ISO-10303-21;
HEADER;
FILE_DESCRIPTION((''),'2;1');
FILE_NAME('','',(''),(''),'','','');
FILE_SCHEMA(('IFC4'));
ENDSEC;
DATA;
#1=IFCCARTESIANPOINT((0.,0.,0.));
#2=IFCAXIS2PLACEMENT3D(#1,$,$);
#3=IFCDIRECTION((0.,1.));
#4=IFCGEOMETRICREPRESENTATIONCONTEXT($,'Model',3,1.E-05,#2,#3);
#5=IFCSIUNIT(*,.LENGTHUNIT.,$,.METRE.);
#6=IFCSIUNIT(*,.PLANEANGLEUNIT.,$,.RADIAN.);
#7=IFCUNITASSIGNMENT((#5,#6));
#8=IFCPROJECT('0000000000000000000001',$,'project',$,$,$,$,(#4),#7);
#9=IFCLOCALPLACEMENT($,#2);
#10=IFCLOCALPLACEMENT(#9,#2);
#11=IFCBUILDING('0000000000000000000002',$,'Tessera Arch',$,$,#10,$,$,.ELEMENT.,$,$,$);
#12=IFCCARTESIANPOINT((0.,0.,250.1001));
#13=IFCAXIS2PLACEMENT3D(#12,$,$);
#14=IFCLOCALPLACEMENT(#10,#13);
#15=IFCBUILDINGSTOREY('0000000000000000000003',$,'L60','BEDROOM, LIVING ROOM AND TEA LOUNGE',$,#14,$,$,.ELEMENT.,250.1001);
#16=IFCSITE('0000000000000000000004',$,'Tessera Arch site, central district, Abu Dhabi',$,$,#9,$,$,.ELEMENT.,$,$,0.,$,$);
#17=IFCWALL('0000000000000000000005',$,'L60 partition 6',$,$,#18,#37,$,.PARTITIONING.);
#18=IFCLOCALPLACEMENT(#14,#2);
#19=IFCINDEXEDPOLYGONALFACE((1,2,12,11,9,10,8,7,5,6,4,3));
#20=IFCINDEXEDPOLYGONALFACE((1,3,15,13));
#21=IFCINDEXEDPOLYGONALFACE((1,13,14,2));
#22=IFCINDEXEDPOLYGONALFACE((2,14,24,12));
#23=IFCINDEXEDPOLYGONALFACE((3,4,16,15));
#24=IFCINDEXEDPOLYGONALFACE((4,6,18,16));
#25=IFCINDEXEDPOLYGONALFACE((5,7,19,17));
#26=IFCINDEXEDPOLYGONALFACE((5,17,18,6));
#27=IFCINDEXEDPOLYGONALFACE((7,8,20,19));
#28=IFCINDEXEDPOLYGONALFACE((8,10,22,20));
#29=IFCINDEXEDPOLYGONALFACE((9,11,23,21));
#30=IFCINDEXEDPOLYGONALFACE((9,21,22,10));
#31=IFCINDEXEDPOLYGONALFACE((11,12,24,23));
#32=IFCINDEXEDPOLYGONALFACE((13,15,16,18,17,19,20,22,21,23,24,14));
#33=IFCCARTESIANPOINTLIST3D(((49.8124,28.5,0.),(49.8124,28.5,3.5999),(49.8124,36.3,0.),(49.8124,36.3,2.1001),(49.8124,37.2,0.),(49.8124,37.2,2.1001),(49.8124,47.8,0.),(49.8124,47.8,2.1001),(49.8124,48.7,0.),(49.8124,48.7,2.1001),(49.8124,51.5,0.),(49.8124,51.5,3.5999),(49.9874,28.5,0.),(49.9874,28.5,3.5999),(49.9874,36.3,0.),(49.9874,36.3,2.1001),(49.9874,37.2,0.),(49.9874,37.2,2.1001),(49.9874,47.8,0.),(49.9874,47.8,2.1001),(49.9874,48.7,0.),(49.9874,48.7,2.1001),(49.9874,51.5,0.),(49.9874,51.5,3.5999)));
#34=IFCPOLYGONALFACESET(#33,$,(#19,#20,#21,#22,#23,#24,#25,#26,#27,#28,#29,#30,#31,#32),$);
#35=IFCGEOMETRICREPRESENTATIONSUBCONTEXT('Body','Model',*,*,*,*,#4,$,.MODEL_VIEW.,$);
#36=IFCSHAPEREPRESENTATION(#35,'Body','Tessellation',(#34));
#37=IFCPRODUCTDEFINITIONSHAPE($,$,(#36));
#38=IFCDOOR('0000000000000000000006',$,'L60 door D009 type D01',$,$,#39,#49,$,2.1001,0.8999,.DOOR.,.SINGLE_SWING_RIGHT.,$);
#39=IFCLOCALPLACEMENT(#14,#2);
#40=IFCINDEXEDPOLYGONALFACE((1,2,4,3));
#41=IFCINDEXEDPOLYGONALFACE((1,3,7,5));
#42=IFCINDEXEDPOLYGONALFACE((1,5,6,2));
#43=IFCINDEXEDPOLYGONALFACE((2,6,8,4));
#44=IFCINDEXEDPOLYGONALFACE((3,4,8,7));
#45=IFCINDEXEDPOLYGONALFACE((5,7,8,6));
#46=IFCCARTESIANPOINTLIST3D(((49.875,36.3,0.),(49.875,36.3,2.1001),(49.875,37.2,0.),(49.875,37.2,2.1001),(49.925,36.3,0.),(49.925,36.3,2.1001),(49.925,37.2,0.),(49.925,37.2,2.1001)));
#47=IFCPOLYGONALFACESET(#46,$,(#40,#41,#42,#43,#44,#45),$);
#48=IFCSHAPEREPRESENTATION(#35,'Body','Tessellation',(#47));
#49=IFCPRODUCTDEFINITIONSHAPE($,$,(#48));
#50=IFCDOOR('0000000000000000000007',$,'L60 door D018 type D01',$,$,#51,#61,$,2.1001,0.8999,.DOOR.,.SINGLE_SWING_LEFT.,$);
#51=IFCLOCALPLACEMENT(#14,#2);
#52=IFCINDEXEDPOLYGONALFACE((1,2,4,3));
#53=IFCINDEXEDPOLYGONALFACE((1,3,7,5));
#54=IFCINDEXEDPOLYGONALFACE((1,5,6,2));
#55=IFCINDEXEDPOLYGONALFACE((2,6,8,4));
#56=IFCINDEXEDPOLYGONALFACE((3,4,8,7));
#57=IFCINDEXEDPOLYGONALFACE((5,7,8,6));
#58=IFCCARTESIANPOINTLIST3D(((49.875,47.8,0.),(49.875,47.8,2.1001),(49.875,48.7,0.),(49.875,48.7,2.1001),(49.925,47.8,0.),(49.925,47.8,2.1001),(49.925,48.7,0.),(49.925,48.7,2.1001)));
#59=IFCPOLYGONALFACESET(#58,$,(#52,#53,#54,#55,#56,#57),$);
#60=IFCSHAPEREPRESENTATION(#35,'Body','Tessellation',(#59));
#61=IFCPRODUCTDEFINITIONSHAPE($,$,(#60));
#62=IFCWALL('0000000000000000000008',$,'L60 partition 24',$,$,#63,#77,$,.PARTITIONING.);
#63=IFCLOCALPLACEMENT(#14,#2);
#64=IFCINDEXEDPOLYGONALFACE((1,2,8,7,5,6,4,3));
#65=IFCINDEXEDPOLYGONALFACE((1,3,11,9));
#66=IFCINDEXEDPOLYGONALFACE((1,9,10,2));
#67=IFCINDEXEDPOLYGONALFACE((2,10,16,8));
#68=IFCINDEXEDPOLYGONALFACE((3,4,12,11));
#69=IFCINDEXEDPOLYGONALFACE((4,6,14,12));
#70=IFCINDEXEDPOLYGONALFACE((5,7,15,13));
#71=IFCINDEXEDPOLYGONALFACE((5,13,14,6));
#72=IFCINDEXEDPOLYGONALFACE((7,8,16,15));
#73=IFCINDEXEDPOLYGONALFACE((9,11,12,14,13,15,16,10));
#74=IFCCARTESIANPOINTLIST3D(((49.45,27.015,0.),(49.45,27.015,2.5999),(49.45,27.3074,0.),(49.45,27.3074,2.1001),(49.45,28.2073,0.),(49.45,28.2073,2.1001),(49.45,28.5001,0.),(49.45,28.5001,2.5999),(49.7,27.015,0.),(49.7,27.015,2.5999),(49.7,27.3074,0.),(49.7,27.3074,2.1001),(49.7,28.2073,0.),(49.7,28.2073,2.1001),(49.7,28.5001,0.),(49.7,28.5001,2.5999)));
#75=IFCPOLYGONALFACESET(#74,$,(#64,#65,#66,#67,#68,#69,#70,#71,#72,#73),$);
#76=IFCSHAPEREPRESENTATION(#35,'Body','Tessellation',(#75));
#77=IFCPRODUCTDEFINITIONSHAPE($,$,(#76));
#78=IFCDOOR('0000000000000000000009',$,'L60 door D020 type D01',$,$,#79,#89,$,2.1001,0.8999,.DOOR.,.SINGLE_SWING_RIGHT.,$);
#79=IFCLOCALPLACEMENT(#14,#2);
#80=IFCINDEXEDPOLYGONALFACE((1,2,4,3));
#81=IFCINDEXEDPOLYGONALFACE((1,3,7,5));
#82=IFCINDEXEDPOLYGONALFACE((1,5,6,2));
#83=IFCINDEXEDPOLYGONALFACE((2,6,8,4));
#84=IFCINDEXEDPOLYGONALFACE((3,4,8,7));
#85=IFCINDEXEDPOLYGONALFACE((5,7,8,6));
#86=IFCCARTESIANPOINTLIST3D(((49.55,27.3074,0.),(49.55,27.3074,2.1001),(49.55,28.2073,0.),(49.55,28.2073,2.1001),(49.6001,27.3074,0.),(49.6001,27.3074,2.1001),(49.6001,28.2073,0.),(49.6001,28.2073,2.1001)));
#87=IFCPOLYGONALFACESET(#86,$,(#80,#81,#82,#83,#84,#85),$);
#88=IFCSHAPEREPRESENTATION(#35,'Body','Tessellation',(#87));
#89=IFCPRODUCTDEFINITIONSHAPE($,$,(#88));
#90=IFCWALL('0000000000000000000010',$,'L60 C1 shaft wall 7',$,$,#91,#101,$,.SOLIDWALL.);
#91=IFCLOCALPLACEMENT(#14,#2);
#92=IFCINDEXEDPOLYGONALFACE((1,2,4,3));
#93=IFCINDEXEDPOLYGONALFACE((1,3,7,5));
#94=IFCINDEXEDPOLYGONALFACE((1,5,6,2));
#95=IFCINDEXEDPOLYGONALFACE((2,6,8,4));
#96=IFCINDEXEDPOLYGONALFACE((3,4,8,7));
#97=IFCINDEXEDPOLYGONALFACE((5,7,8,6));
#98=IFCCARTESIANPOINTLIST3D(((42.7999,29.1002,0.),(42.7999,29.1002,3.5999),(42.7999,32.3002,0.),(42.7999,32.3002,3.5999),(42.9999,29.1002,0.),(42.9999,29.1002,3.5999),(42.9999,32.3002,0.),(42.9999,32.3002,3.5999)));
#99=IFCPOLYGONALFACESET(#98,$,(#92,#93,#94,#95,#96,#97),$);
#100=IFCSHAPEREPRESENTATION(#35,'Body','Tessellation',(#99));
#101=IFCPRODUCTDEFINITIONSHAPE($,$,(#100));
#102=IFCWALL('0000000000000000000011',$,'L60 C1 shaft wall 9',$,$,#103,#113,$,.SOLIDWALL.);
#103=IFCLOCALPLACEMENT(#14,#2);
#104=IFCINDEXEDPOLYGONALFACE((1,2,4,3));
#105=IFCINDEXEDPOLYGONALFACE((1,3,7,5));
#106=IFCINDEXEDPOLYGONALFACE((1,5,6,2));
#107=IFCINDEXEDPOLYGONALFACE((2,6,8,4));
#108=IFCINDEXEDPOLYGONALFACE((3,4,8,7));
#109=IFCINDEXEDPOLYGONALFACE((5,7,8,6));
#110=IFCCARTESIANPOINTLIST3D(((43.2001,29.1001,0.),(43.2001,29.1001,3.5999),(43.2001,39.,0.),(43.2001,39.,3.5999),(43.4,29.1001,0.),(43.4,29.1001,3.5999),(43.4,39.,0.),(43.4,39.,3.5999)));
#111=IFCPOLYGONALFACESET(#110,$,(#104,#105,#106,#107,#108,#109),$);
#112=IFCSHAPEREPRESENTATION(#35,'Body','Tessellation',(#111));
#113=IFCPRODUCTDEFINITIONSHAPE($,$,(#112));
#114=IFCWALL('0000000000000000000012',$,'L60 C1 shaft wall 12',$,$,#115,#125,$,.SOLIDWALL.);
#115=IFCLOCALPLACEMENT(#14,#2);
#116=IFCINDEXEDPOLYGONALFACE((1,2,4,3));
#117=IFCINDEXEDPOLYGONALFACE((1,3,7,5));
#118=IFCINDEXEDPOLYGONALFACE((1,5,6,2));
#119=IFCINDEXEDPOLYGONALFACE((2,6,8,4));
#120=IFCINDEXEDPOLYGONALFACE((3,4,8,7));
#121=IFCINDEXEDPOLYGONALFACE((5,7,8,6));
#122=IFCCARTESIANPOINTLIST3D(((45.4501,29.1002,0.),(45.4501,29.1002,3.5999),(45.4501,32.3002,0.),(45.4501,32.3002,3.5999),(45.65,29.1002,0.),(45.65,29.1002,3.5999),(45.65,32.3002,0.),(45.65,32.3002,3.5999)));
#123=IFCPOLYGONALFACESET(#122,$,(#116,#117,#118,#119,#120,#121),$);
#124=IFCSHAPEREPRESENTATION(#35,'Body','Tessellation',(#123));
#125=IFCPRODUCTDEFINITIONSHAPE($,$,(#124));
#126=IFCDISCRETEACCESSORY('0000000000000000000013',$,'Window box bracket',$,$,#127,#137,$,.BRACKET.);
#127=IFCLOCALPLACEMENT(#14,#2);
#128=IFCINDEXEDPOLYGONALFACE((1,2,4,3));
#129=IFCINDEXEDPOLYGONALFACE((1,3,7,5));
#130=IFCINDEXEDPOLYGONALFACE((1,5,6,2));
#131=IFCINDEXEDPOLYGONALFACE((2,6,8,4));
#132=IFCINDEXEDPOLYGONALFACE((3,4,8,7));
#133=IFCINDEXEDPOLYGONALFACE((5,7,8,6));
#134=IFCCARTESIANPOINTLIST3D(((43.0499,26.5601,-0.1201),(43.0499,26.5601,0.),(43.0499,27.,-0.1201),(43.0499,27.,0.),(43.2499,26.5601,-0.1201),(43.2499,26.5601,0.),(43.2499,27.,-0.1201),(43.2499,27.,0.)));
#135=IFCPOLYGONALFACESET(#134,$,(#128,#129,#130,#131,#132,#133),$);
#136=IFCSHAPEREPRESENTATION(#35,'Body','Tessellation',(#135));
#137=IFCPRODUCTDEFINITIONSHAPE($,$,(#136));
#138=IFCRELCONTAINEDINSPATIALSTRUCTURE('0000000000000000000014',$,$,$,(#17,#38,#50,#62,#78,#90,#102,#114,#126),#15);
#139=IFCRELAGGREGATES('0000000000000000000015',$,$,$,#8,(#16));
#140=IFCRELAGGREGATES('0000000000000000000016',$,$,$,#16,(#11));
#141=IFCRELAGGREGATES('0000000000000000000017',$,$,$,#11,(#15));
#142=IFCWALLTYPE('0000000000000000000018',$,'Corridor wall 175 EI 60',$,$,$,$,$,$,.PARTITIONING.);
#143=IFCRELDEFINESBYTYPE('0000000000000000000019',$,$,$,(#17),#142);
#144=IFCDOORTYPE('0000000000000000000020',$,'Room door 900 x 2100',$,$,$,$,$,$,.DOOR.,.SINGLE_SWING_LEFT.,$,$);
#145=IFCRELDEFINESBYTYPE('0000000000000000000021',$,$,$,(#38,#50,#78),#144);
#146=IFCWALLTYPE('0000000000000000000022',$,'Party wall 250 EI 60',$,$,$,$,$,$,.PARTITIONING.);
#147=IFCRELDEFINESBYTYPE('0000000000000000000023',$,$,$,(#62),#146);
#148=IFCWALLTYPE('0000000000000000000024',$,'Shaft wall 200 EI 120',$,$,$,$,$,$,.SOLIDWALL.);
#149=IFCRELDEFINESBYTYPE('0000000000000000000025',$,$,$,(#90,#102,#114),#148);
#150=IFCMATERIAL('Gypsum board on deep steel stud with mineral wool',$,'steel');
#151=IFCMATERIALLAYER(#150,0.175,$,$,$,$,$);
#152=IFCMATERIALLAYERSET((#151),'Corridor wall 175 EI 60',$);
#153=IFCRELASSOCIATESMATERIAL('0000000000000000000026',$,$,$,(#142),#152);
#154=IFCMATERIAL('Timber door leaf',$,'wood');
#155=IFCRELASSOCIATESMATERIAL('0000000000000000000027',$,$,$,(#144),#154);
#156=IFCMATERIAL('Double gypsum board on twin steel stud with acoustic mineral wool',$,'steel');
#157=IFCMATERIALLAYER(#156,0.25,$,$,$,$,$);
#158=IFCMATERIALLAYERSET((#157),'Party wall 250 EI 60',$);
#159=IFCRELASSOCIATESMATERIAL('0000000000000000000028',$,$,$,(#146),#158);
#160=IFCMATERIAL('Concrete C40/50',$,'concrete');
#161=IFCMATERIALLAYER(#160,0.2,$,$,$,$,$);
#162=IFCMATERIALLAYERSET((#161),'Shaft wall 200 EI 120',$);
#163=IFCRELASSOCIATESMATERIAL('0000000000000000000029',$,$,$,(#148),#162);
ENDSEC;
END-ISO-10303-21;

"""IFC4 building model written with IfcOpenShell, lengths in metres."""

from ifc_helpers import new_model, si_unit, direction, frame, frame_2d, origin, origin_2d, place, context, subcontext, project, spatial, rectangle, extrude, material, layer, layer_set, type_object, element, fill, save


model = new_model("IFC4")

# Units and contexts
model_context = context("Model", 3, precision=1e-05, world=origin(), true_north=direction((0.0, 1.0)))
body_context = subcontext(model_context, "Body", "Model", "MODEL_VIEW")
ifc_project = project(units=[si_unit("LENGTHUNIT", "METRE"), si_unit("PLANEANGLEUNIT", "RADIAN")], contexts=[model_context])

# Site, building, storey
site_placement = place(None, origin())
site = spatial("IfcSite", under=ifc_project, at=site_placement, Name="Tessera Arch site, central district, Abu Dhabi", CompositionType="ELEMENT", RefElevation=0.0)
building_placement = place(site_placement, origin())
building = spatial("IfcBuilding", under=site, at=building_placement, Name="Tessera Arch", CompositionType="ELEMENT")
storey_placement = place(building_placement, frame((0.0, 0.0, 250.1001)))
storey = spatial("IfcBuildingStorey", under=building, at=storey_placement, Name="L60", Description="BEDROOM, LIVING ROOM AND TEA LOUNGE", CompositionType="ELEMENT", Elevation=250.1001)

# Shared definitions
ifc_material_1 = material(Name="Gypsum board on deep steel stud with mineral wool", Category="steel")
ifc_layer_1 = layer(ifc_material_1, 0.175)
ifc_layer_set_1 = layer_set([ifc_layer_1], Name="Corridor wall 175 EI 60")
wall_type_1 = type_object("IfcWallType", Name="Corridor wall 175 EI 60", PredefinedType="PARTITIONING", material=ifc_layer_set_1)

# Wall, openings, doors
wall_1_placement = place(storey_placement, frame((49.8999, 28.5, 0.0), z_axis=(0.0, 0.0, 1.0), x_axis=(0.0, 1.0, 0.0)))
wall_1 = element("IfcWall", 1, at=wall_1_placement, inside=storey, type_object=wall_type_1, Name="L60 partition 6", PredefinedType="PARTITIONING", context=body_context, shape_type="SweptSolid", body=[
    extrude(rectangle(XDim=23.0, YDim=0.175, at=frame_2d((11.5, 0.0))), origin(), (0.0, 0.0, 1.0), 3.5999),
])
opening_1_placement = place(wall_1_placement, frame((7.8, 0.0, 0.0)))
opening_1 = element("IfcOpeningElement", 2, at=opening_1_placement, cuts=wall_1, PredefinedType="OPENING", context=body_context, shape_type="SweptSolid", body=[
    extrude(rectangle(XDim=0.8999, YDim=2.1001, at=frame_2d((0.45, 1.05))), frame((0.0, 0.0974, 0.0), z_axis=(0.0, -1.0, 0.0), x_axis=(1.0, 0.0, 0.0)), (0.0, 0.0, 1.0), 0.1951),
])
opening_2_placement = place(wall_1_placement, frame((19.3, 0.0, 0.0)))
opening_2 = element("IfcOpeningElement", 3, at=opening_2_placement, cuts=wall_1, PredefinedType="OPENING", context=body_context, shape_type="SweptSolid", body=[
    extrude(rectangle(XDim=0.8999, YDim=2.1001, at=frame_2d((0.45, 1.05))), frame((0.0, 0.0974, 0.0), z_axis=(0.0, -1.0, 0.0), x_axis=(1.0, 0.0, 0.0)), (0.0, 0.0, 1.0), 0.1951),
])
ifc_material_2 = material(Name="Timber door leaf", Category="wood")
door_type_1 = type_object("IfcDoorType", Name="Room door 900 x 2100", OperationType="SINGLE_SWING_LEFT", PredefinedType="DOOR", material=ifc_material_2)
door_1_placement = place(opening_1_placement, origin())
door_1 = element("IfcDoor", 4, at=door_1_placement, inside=storey, type_object=door_type_1, Name="L60 door D009 type D01", OperationType="SINGLE_SWING_RIGHT", OverallHeight=2.1001, OverallWidth=0.8999, PredefinedType="DOOR", context=body_context, shape_type="SweptSolid", body=[
    extrude(rectangle(XDim=0.8999, YDim=2.1001, at=frame_2d((0.45, 1.05))), frame((0.0, 0.0249, 0.0), z_axis=(0.0, -1.0, 0.0), x_axis=(1.0, 0.0, 0.0)), (0.0, 0.0, 1.0), 0.05),
])
fill(opening_1, door_1)
door_2_placement = place(opening_2_placement, origin())
door_2 = element("IfcDoor", 5, at=door_2_placement, inside=storey, type_object=door_type_1, Name="L60 door D018 type D01", OperationType="SINGLE_SWING_LEFT", OverallHeight=2.1001, OverallWidth=0.8999, PredefinedType="DOOR", context=body_context, shape_type="SweptSolid", body=[
    extrude(rectangle(XDim=0.8999, YDim=2.1001, at=frame_2d((0.45, 1.05))), frame((0.0, 0.0249, 0.0), z_axis=(0.0, -1.0, 0.0), x_axis=(1.0, 0.0, 0.0)), (0.0, 0.0, 1.0), 0.05),
])
fill(opening_2, door_2)

# Wall, opening, door
ifc_material_3 = material(Name="Double gypsum board on twin steel stud with acoustic mineral wool", Category="steel")
ifc_layer_2 = layer(ifc_material_3, 0.25)
ifc_layer_set_2 = layer_set([ifc_layer_2], Name="Party wall 250 EI 60")
wall_type_2 = type_object("IfcWallType", Name="Party wall 250 EI 60", PredefinedType="PARTITIONING", material=ifc_layer_set_2)
wall_2_placement = place(storey_placement, frame((49.575, 27.0149, 0.0), z_axis=(0.0, 0.0, 1.0), x_axis=(0.0, 1.0, 0.0)))
wall_2 = element("IfcWall", 6, at=wall_2_placement, inside=storey, type_object=wall_type_2, Name="L60 partition 24", PredefinedType="PARTITIONING", context=body_context, shape_type="SweptSolid", body=[
    extrude(rectangle(XDim=1.4851, YDim=0.25, at=frame_2d((0.7427, 0.0))), origin(), (0.0, 0.0, 1.0), 2.5999),
])
opening_3_placement = place(wall_2_placement, frame((0.2925, 0.0, 0.0)))
opening_3 = element("IfcOpeningElement", 7, at=opening_3_placement, cuts=wall_2, PredefinedType="OPENING", context=body_context, shape_type="SweptSolid", body=[
    extrude(rectangle(XDim=0.8999, YDim=2.1001, at=frame_2d((0.45, 1.05))), frame((0.0, 0.135, 0.0), z_axis=(0.0, -1.0, 0.0), x_axis=(1.0, 0.0, 0.0)), (0.0, 0.0, 1.0), 0.27),
])
door_3_placement = place(opening_3_placement, origin())
door_3 = element("IfcDoor", 8, at=door_3_placement, inside=storey, type_object=door_type_1, Name="L60 door D020 type D01", OperationType="SINGLE_SWING_RIGHT", OverallHeight=2.1001, OverallWidth=0.8999, PredefinedType="DOOR", context=body_context, shape_type="SweptSolid", body=[
    extrude(rectangle(XDim=0.8999, YDim=2.1001, at=frame_2d((0.45, 1.05))), frame((0.0, 0.0249, 0.0), z_axis=(0.0, -1.0, 0.0), x_axis=(1.0, 0.0, 0.0)), (0.0, 0.0, 1.0), 0.05),
])
fill(opening_3, door_3)

# Walls
ifc_material_4 = material(Name="Concrete C40/50", Category="concrete")
ifc_layer_3 = layer(ifc_material_4, 0.2)
ifc_layer_set_3 = layer_set([ifc_layer_3], Name="Shaft wall 200 EI 120")
wall_type_3 = type_object("IfcWallType", Name="Shaft wall 200 EI 120", PredefinedType="SOLIDWALL", material=ifc_layer_set_3)
wall_3_placement = place(storey_placement, frame((42.8999, 29.1001, 0.0), z_axis=(0.0, 0.0, 1.0), x_axis=(0.0, 1.0, 0.0)))
element("IfcWall", 9, at=wall_3_placement, inside=storey, type_object=wall_type_3, Name="L60 C1 shaft wall 7", PredefinedType="SOLIDWALL", context=body_context, shape_type="SweptSolid", body=[
    extrude(rectangle(XDim=3.2, YDim=0.2, at=frame_2d((1.6001, 0.0))), origin(), (0.0, 0.0, 1.0), 3.5999),
])
wall_4_placement = place(storey_placement, frame((43.3, 29.1001, 0.0), z_axis=(0.0, 0.0, 1.0), x_axis=(0.0, 1.0, 0.0)))
element("IfcWall", 10, at=wall_4_placement, inside=storey, type_object=wall_type_3, Name="L60 C1 shaft wall 9", PredefinedType="SOLIDWALL", context=body_context, shape_type="SweptSolid", body=[
    extrude(rectangle(XDim=9.8999, YDim=0.2, at=frame_2d((4.95, 0.0))), origin(), (0.0, 0.0, 1.0), 3.5999),
])
wall_5_placement = place(storey_placement, frame((45.55, 29.1001, 0.0), z_axis=(0.0, 0.0, 1.0), x_axis=(0.0, 1.0, 0.0)))
element("IfcWall", 11, at=wall_5_placement, inside=storey, type_object=wall_type_3, Name="L60 C1 shaft wall 12", PredefinedType="SOLIDWALL", context=body_context, shape_type="SweptSolid", body=[
    extrude(rectangle(XDim=3.2, YDim=0.2, at=frame_2d((1.6001, 0.0))), origin(), (0.0, 0.0, 1.0), 3.5999),
])

# Discrete accessory
discrete_accessory_placement = place(storey_placement, frame((43.1499, 26.78, -0.1201), z_axis=(0.0, 0.0, 1.0), x_axis=(0.0, -1.0, 0.0)))
element("IfcDiscreteAccessory", 12, at=discrete_accessory_placement, inside=storey, Name="Window box bracket", PredefinedType="BRACKET", context=body_context, shape_type="SweptSolid", body=[
    extrude(rectangle(XDim=0.4399, YDim=0.2, at=origin_2d()), origin(), (0.0, 0.0, 1.0), 0.1201),
])

save(model, "model.ifc")
